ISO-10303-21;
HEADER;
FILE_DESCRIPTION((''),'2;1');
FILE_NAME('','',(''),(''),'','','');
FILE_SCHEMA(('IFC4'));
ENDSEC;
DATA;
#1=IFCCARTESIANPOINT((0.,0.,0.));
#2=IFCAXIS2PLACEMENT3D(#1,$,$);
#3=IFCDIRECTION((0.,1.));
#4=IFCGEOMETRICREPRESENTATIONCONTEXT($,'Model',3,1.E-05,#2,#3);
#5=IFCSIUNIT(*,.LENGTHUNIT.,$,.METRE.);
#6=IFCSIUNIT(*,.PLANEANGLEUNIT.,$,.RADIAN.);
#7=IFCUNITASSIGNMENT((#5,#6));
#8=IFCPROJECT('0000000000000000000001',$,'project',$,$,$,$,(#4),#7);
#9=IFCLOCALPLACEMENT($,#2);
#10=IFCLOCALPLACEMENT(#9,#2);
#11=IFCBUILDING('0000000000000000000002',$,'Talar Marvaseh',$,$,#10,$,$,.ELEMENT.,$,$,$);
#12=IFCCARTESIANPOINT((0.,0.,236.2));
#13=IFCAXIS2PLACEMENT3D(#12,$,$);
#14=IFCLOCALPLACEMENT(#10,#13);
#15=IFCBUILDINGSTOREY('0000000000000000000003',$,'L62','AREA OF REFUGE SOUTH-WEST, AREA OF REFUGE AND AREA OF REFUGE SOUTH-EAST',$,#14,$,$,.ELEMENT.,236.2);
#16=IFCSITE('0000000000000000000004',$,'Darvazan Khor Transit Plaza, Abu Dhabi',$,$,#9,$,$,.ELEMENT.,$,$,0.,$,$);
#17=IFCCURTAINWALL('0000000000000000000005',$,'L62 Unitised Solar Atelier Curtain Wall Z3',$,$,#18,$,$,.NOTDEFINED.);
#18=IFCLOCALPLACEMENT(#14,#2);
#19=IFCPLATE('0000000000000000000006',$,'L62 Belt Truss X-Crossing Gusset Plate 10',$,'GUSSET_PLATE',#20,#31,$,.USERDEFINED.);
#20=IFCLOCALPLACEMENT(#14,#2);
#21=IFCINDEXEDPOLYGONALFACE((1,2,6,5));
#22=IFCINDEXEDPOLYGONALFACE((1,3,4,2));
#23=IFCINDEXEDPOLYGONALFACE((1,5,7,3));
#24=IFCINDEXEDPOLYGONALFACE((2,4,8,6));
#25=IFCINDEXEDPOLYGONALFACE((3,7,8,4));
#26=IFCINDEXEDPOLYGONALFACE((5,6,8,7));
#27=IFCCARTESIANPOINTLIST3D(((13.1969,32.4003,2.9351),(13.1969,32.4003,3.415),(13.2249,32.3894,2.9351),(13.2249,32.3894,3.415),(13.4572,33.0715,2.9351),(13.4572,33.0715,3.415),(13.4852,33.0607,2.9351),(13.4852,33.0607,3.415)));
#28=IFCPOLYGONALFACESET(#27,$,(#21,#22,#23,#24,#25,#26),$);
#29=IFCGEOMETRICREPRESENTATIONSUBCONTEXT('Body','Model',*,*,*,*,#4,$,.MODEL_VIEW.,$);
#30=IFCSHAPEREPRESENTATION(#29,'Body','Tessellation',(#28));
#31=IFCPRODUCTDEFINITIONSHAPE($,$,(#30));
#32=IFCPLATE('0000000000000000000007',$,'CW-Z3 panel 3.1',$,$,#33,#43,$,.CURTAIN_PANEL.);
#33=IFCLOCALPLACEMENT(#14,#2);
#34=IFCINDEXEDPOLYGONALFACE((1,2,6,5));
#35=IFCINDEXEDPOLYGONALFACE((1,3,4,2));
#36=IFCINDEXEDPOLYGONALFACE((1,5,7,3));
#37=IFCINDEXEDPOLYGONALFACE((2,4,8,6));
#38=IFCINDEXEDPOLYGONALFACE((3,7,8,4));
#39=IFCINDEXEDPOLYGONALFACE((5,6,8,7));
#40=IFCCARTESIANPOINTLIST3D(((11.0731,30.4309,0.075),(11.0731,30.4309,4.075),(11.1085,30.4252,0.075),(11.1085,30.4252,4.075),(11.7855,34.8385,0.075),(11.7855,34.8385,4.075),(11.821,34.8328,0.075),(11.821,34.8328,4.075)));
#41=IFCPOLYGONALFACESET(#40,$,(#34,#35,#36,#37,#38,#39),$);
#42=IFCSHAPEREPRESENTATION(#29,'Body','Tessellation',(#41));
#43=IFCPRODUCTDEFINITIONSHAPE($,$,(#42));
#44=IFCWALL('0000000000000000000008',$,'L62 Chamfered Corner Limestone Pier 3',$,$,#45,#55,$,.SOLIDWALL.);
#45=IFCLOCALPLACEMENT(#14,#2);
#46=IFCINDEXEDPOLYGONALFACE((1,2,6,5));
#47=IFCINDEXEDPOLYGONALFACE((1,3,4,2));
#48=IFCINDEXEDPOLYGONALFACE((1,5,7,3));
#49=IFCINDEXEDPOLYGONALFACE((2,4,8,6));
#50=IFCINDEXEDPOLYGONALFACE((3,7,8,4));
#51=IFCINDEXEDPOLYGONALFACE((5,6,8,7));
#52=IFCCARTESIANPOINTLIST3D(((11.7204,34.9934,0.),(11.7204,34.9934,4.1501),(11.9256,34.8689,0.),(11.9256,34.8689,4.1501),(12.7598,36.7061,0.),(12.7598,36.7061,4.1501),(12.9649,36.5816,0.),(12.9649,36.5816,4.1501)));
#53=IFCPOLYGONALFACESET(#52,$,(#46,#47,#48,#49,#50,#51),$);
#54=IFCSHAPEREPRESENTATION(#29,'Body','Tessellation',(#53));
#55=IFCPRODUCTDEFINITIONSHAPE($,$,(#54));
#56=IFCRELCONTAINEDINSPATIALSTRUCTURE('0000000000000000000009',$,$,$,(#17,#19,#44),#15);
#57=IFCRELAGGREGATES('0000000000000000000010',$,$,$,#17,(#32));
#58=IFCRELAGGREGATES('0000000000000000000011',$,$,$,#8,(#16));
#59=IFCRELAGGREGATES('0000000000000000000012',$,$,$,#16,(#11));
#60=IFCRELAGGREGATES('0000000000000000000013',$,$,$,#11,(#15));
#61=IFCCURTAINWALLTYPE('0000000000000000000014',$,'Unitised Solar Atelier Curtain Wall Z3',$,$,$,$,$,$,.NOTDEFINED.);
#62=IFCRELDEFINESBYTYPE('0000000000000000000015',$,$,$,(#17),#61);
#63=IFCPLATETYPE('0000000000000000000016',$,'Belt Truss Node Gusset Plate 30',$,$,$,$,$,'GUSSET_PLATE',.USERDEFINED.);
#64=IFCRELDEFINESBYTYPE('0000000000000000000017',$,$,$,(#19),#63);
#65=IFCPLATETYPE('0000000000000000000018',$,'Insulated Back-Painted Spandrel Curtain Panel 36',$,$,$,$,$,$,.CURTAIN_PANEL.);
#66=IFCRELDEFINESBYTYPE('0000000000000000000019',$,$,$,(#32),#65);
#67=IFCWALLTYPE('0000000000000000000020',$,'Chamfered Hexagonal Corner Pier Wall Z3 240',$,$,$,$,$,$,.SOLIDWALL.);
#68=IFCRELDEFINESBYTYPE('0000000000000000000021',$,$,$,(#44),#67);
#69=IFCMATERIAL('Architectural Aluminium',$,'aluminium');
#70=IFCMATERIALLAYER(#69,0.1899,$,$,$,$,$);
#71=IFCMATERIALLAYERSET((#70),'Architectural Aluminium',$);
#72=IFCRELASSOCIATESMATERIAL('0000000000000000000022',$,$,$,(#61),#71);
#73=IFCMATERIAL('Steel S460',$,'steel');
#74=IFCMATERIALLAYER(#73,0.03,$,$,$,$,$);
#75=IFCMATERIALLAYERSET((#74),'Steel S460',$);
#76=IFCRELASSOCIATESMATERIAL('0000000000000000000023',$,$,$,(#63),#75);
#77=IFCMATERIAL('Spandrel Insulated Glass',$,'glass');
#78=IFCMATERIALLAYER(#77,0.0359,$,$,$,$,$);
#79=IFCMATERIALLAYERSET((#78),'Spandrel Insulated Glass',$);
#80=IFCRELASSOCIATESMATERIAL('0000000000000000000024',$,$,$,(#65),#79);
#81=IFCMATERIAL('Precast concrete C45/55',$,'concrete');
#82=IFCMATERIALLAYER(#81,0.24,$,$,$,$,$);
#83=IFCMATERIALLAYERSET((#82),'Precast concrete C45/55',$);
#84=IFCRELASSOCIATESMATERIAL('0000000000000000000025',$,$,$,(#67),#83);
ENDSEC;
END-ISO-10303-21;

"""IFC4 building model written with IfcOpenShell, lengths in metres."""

from ifc_helpers import new_model, si_unit, direction, frame, frame_2d, origin, origin_2d, place, context, subcontext, project, spatial, rectangle, extrude, source, transform, mapped, material, layer, layer_set, type_object, type_shapes, element, aggregate, save


model = new_model("IFC4")

# Units and contexts
model_context = context("Model", 3, precision=1e-05, world=origin(), true_north=direction((0.0, 1.0)))
body_context = subcontext(model_context, "Body", "Model", "MODEL_VIEW")
ifc_project = project(units=[si_unit("LENGTHUNIT", "METRE"), si_unit("PLANEANGLEUNIT", "RADIAN")], contexts=[model_context])

# Site, building, storey
site_placement = place(None, origin())
site = spatial("IfcSite", under=ifc_project, at=site_placement, Name="Darvazan Khor Transit Plaza, Abu Dhabi", CompositionType="ELEMENT", RefElevation=0.0)
building_placement = place(site_placement, origin())
building = spatial("IfcBuilding", under=site, at=building_placement, Name="Talar Marvaseh", CompositionType="ELEMENT")
storey_placement = place(building_placement, frame((0.0, 0.0, 236.2)))
storey = spatial("IfcBuildingStorey", under=building, at=storey_placement, Name="L62", Description="AREA OF REFUGE SOUTH-WEST, AREA OF REFUGE AND AREA OF REFUGE SOUTH-EAST", CompositionType="ELEMENT", Elevation=236.2)

# Shared definitions
ifc_material_1 = material(Name="Steel S460", Category="steel")

# Curtain wall
ifc_material_2 = material(Name="Architectural Aluminium", Category="aluminium")
ifc_layer_1 = layer(ifc_material_2, 0.1899)
ifc_layer_set_1 = layer_set([ifc_layer_1], Name="Architectural Aluminium")
curtain_wall_type = type_object("IfcCurtainWallType", Name="Unitised Solar Atelier Curtain Wall Z3", PredefinedType="NOTDEFINED", material=ifc_layer_set_1)
curtain_wall_placement = place(storey_placement, origin())
curtain_wall = element("IfcCurtainWall", 1, at=curtain_wall_placement, inside=storey, type_object=curtain_wall_type, Name="L62 Unitised Solar Atelier Curtain Wall Z3", PredefinedType="NOTDEFINED")

# Plate
ifc_layer_2 = layer(ifc_material_1, 0.03)
ifc_layer_set_2 = layer_set([ifc_layer_2], Name="Steel S460")
plate_type_1 = type_object("IfcPlateType", Name="Belt Truss Node Gusset Plate 30", ElementType="GUSSET_PLATE", PredefinedType="USERDEFINED", material=ifc_layer_set_2)
shared_shape_1 = source(origin(), body_context, "Body", "SweptSolid", [
    extrude(rectangle(XDim=0.72, YDim=0.03, at=origin_2d()), origin(), (0.0, 0.0, 1.0), 0.48),
])
type_shapes(plate_type_1, [shared_shape_1])
plate_1_placement = place(storey_placement, frame((13.3411, 32.7305, 2.9351), z_axis=(0.0, 0.0, 1.0), x_axis=(0.361625, 0.932324, 0.0)))
element("IfcPlate", 2, at=plate_1_placement, inside=storey, type_object=plate_type_1, Name="L62 Belt Truss X-Crossing Gusset Plate 10", ObjectType="GUSSET_PLATE", PredefinedType="USERDEFINED", context=body_context, shape_type="MappedRepresentation", body=[
    mapped(shared_shape_1, transform((0.0, 0.0, 0.0), x_axis=(1.0, 0.0, 0.0), y_axis=(0.0, 1.0, 0.0), z_axis=(0.0, 0.0, 1.0), scale=1.0)),
])

# Plate
ifc_material_3 = material(Name="Spandrel Insulated Glass", Category="glass")
ifc_layer_3 = layer(ifc_material_3, 0.0359)
ifc_layer_set_3 = layer_set([ifc_layer_3], Name="Spandrel Insulated Glass")
plate_type_2 = type_object("IfcPlateType", Name="Insulated Back-Painted Spandrel Curtain Panel 36", PredefinedType="CURTAIN_PANEL", material=ifc_layer_set_3)
shared_shape_2 = source(origin(), body_context, "Body", "SweptSolid", [
    extrude(rectangle(XDim=4.4648, YDim=0.0359, at=origin_2d()), origin(), (0.0, 0.0, 1.0), 4.0),
])
type_shapes(plate_type_2, [shared_shape_2])
plate_2_placement = place(storey_placement, frame((11.447, 32.6318, 0.075), z_axis=(0.0, 0.0, 1.0), x_axis=(0.159572, 0.987186, 0.0)))
plate_2 = element("IfcPlate", 3, at=plate_2_placement, type_object=plate_type_2, Name="CW-Z3 panel 3.1", PredefinedType="CURTAIN_PANEL", context=body_context, shape_type="MappedRepresentation", body=[
    mapped(shared_shape_2, transform((0.0, 0.0, 0.0), x_axis=(1.0, 0.0, 0.0), y_axis=(0.0, 1.0, 0.0), z_axis=(0.0, 0.0, 1.0), scale=1.0)),
])
aggregate(curtain_wall, [plate_2])

# Wall
ifc_material_4 = material(Name="Precast concrete C45/55", Category="concrete")
ifc_layer_4 = layer(ifc_material_4, 0.24)
ifc_layer_set_4 = layer_set([ifc_layer_4], Name="Precast concrete C45/55")
wall_type = type_object("IfcWallType", Name="Chamfered Hexagonal Corner Pier Wall Z3 240", PredefinedType="SOLIDWALL", material=ifc_layer_set_4)
wall_placement = place(storey_placement, frame((11.823, 34.9312, 0.0), z_axis=(0.0, 0.0, 1.0), x_axis=(0.51879, 0.854901, 0.0)))
element("IfcWall", 4, at=wall_placement, inside=storey, type_object=wall_type, Name="L62 Chamfered Corner Limestone Pier 3", PredefinedType="SOLIDWALL", context=body_context, shape_type="SweptSolid", body=[
    extrude(rectangle(XDim=2.0034, YDim=0.24, at=frame_2d((1.0017, 0.0))), origin(), (0.0, 0.0, 1.0), 4.1501),
])

save(model, "model.ifc")
